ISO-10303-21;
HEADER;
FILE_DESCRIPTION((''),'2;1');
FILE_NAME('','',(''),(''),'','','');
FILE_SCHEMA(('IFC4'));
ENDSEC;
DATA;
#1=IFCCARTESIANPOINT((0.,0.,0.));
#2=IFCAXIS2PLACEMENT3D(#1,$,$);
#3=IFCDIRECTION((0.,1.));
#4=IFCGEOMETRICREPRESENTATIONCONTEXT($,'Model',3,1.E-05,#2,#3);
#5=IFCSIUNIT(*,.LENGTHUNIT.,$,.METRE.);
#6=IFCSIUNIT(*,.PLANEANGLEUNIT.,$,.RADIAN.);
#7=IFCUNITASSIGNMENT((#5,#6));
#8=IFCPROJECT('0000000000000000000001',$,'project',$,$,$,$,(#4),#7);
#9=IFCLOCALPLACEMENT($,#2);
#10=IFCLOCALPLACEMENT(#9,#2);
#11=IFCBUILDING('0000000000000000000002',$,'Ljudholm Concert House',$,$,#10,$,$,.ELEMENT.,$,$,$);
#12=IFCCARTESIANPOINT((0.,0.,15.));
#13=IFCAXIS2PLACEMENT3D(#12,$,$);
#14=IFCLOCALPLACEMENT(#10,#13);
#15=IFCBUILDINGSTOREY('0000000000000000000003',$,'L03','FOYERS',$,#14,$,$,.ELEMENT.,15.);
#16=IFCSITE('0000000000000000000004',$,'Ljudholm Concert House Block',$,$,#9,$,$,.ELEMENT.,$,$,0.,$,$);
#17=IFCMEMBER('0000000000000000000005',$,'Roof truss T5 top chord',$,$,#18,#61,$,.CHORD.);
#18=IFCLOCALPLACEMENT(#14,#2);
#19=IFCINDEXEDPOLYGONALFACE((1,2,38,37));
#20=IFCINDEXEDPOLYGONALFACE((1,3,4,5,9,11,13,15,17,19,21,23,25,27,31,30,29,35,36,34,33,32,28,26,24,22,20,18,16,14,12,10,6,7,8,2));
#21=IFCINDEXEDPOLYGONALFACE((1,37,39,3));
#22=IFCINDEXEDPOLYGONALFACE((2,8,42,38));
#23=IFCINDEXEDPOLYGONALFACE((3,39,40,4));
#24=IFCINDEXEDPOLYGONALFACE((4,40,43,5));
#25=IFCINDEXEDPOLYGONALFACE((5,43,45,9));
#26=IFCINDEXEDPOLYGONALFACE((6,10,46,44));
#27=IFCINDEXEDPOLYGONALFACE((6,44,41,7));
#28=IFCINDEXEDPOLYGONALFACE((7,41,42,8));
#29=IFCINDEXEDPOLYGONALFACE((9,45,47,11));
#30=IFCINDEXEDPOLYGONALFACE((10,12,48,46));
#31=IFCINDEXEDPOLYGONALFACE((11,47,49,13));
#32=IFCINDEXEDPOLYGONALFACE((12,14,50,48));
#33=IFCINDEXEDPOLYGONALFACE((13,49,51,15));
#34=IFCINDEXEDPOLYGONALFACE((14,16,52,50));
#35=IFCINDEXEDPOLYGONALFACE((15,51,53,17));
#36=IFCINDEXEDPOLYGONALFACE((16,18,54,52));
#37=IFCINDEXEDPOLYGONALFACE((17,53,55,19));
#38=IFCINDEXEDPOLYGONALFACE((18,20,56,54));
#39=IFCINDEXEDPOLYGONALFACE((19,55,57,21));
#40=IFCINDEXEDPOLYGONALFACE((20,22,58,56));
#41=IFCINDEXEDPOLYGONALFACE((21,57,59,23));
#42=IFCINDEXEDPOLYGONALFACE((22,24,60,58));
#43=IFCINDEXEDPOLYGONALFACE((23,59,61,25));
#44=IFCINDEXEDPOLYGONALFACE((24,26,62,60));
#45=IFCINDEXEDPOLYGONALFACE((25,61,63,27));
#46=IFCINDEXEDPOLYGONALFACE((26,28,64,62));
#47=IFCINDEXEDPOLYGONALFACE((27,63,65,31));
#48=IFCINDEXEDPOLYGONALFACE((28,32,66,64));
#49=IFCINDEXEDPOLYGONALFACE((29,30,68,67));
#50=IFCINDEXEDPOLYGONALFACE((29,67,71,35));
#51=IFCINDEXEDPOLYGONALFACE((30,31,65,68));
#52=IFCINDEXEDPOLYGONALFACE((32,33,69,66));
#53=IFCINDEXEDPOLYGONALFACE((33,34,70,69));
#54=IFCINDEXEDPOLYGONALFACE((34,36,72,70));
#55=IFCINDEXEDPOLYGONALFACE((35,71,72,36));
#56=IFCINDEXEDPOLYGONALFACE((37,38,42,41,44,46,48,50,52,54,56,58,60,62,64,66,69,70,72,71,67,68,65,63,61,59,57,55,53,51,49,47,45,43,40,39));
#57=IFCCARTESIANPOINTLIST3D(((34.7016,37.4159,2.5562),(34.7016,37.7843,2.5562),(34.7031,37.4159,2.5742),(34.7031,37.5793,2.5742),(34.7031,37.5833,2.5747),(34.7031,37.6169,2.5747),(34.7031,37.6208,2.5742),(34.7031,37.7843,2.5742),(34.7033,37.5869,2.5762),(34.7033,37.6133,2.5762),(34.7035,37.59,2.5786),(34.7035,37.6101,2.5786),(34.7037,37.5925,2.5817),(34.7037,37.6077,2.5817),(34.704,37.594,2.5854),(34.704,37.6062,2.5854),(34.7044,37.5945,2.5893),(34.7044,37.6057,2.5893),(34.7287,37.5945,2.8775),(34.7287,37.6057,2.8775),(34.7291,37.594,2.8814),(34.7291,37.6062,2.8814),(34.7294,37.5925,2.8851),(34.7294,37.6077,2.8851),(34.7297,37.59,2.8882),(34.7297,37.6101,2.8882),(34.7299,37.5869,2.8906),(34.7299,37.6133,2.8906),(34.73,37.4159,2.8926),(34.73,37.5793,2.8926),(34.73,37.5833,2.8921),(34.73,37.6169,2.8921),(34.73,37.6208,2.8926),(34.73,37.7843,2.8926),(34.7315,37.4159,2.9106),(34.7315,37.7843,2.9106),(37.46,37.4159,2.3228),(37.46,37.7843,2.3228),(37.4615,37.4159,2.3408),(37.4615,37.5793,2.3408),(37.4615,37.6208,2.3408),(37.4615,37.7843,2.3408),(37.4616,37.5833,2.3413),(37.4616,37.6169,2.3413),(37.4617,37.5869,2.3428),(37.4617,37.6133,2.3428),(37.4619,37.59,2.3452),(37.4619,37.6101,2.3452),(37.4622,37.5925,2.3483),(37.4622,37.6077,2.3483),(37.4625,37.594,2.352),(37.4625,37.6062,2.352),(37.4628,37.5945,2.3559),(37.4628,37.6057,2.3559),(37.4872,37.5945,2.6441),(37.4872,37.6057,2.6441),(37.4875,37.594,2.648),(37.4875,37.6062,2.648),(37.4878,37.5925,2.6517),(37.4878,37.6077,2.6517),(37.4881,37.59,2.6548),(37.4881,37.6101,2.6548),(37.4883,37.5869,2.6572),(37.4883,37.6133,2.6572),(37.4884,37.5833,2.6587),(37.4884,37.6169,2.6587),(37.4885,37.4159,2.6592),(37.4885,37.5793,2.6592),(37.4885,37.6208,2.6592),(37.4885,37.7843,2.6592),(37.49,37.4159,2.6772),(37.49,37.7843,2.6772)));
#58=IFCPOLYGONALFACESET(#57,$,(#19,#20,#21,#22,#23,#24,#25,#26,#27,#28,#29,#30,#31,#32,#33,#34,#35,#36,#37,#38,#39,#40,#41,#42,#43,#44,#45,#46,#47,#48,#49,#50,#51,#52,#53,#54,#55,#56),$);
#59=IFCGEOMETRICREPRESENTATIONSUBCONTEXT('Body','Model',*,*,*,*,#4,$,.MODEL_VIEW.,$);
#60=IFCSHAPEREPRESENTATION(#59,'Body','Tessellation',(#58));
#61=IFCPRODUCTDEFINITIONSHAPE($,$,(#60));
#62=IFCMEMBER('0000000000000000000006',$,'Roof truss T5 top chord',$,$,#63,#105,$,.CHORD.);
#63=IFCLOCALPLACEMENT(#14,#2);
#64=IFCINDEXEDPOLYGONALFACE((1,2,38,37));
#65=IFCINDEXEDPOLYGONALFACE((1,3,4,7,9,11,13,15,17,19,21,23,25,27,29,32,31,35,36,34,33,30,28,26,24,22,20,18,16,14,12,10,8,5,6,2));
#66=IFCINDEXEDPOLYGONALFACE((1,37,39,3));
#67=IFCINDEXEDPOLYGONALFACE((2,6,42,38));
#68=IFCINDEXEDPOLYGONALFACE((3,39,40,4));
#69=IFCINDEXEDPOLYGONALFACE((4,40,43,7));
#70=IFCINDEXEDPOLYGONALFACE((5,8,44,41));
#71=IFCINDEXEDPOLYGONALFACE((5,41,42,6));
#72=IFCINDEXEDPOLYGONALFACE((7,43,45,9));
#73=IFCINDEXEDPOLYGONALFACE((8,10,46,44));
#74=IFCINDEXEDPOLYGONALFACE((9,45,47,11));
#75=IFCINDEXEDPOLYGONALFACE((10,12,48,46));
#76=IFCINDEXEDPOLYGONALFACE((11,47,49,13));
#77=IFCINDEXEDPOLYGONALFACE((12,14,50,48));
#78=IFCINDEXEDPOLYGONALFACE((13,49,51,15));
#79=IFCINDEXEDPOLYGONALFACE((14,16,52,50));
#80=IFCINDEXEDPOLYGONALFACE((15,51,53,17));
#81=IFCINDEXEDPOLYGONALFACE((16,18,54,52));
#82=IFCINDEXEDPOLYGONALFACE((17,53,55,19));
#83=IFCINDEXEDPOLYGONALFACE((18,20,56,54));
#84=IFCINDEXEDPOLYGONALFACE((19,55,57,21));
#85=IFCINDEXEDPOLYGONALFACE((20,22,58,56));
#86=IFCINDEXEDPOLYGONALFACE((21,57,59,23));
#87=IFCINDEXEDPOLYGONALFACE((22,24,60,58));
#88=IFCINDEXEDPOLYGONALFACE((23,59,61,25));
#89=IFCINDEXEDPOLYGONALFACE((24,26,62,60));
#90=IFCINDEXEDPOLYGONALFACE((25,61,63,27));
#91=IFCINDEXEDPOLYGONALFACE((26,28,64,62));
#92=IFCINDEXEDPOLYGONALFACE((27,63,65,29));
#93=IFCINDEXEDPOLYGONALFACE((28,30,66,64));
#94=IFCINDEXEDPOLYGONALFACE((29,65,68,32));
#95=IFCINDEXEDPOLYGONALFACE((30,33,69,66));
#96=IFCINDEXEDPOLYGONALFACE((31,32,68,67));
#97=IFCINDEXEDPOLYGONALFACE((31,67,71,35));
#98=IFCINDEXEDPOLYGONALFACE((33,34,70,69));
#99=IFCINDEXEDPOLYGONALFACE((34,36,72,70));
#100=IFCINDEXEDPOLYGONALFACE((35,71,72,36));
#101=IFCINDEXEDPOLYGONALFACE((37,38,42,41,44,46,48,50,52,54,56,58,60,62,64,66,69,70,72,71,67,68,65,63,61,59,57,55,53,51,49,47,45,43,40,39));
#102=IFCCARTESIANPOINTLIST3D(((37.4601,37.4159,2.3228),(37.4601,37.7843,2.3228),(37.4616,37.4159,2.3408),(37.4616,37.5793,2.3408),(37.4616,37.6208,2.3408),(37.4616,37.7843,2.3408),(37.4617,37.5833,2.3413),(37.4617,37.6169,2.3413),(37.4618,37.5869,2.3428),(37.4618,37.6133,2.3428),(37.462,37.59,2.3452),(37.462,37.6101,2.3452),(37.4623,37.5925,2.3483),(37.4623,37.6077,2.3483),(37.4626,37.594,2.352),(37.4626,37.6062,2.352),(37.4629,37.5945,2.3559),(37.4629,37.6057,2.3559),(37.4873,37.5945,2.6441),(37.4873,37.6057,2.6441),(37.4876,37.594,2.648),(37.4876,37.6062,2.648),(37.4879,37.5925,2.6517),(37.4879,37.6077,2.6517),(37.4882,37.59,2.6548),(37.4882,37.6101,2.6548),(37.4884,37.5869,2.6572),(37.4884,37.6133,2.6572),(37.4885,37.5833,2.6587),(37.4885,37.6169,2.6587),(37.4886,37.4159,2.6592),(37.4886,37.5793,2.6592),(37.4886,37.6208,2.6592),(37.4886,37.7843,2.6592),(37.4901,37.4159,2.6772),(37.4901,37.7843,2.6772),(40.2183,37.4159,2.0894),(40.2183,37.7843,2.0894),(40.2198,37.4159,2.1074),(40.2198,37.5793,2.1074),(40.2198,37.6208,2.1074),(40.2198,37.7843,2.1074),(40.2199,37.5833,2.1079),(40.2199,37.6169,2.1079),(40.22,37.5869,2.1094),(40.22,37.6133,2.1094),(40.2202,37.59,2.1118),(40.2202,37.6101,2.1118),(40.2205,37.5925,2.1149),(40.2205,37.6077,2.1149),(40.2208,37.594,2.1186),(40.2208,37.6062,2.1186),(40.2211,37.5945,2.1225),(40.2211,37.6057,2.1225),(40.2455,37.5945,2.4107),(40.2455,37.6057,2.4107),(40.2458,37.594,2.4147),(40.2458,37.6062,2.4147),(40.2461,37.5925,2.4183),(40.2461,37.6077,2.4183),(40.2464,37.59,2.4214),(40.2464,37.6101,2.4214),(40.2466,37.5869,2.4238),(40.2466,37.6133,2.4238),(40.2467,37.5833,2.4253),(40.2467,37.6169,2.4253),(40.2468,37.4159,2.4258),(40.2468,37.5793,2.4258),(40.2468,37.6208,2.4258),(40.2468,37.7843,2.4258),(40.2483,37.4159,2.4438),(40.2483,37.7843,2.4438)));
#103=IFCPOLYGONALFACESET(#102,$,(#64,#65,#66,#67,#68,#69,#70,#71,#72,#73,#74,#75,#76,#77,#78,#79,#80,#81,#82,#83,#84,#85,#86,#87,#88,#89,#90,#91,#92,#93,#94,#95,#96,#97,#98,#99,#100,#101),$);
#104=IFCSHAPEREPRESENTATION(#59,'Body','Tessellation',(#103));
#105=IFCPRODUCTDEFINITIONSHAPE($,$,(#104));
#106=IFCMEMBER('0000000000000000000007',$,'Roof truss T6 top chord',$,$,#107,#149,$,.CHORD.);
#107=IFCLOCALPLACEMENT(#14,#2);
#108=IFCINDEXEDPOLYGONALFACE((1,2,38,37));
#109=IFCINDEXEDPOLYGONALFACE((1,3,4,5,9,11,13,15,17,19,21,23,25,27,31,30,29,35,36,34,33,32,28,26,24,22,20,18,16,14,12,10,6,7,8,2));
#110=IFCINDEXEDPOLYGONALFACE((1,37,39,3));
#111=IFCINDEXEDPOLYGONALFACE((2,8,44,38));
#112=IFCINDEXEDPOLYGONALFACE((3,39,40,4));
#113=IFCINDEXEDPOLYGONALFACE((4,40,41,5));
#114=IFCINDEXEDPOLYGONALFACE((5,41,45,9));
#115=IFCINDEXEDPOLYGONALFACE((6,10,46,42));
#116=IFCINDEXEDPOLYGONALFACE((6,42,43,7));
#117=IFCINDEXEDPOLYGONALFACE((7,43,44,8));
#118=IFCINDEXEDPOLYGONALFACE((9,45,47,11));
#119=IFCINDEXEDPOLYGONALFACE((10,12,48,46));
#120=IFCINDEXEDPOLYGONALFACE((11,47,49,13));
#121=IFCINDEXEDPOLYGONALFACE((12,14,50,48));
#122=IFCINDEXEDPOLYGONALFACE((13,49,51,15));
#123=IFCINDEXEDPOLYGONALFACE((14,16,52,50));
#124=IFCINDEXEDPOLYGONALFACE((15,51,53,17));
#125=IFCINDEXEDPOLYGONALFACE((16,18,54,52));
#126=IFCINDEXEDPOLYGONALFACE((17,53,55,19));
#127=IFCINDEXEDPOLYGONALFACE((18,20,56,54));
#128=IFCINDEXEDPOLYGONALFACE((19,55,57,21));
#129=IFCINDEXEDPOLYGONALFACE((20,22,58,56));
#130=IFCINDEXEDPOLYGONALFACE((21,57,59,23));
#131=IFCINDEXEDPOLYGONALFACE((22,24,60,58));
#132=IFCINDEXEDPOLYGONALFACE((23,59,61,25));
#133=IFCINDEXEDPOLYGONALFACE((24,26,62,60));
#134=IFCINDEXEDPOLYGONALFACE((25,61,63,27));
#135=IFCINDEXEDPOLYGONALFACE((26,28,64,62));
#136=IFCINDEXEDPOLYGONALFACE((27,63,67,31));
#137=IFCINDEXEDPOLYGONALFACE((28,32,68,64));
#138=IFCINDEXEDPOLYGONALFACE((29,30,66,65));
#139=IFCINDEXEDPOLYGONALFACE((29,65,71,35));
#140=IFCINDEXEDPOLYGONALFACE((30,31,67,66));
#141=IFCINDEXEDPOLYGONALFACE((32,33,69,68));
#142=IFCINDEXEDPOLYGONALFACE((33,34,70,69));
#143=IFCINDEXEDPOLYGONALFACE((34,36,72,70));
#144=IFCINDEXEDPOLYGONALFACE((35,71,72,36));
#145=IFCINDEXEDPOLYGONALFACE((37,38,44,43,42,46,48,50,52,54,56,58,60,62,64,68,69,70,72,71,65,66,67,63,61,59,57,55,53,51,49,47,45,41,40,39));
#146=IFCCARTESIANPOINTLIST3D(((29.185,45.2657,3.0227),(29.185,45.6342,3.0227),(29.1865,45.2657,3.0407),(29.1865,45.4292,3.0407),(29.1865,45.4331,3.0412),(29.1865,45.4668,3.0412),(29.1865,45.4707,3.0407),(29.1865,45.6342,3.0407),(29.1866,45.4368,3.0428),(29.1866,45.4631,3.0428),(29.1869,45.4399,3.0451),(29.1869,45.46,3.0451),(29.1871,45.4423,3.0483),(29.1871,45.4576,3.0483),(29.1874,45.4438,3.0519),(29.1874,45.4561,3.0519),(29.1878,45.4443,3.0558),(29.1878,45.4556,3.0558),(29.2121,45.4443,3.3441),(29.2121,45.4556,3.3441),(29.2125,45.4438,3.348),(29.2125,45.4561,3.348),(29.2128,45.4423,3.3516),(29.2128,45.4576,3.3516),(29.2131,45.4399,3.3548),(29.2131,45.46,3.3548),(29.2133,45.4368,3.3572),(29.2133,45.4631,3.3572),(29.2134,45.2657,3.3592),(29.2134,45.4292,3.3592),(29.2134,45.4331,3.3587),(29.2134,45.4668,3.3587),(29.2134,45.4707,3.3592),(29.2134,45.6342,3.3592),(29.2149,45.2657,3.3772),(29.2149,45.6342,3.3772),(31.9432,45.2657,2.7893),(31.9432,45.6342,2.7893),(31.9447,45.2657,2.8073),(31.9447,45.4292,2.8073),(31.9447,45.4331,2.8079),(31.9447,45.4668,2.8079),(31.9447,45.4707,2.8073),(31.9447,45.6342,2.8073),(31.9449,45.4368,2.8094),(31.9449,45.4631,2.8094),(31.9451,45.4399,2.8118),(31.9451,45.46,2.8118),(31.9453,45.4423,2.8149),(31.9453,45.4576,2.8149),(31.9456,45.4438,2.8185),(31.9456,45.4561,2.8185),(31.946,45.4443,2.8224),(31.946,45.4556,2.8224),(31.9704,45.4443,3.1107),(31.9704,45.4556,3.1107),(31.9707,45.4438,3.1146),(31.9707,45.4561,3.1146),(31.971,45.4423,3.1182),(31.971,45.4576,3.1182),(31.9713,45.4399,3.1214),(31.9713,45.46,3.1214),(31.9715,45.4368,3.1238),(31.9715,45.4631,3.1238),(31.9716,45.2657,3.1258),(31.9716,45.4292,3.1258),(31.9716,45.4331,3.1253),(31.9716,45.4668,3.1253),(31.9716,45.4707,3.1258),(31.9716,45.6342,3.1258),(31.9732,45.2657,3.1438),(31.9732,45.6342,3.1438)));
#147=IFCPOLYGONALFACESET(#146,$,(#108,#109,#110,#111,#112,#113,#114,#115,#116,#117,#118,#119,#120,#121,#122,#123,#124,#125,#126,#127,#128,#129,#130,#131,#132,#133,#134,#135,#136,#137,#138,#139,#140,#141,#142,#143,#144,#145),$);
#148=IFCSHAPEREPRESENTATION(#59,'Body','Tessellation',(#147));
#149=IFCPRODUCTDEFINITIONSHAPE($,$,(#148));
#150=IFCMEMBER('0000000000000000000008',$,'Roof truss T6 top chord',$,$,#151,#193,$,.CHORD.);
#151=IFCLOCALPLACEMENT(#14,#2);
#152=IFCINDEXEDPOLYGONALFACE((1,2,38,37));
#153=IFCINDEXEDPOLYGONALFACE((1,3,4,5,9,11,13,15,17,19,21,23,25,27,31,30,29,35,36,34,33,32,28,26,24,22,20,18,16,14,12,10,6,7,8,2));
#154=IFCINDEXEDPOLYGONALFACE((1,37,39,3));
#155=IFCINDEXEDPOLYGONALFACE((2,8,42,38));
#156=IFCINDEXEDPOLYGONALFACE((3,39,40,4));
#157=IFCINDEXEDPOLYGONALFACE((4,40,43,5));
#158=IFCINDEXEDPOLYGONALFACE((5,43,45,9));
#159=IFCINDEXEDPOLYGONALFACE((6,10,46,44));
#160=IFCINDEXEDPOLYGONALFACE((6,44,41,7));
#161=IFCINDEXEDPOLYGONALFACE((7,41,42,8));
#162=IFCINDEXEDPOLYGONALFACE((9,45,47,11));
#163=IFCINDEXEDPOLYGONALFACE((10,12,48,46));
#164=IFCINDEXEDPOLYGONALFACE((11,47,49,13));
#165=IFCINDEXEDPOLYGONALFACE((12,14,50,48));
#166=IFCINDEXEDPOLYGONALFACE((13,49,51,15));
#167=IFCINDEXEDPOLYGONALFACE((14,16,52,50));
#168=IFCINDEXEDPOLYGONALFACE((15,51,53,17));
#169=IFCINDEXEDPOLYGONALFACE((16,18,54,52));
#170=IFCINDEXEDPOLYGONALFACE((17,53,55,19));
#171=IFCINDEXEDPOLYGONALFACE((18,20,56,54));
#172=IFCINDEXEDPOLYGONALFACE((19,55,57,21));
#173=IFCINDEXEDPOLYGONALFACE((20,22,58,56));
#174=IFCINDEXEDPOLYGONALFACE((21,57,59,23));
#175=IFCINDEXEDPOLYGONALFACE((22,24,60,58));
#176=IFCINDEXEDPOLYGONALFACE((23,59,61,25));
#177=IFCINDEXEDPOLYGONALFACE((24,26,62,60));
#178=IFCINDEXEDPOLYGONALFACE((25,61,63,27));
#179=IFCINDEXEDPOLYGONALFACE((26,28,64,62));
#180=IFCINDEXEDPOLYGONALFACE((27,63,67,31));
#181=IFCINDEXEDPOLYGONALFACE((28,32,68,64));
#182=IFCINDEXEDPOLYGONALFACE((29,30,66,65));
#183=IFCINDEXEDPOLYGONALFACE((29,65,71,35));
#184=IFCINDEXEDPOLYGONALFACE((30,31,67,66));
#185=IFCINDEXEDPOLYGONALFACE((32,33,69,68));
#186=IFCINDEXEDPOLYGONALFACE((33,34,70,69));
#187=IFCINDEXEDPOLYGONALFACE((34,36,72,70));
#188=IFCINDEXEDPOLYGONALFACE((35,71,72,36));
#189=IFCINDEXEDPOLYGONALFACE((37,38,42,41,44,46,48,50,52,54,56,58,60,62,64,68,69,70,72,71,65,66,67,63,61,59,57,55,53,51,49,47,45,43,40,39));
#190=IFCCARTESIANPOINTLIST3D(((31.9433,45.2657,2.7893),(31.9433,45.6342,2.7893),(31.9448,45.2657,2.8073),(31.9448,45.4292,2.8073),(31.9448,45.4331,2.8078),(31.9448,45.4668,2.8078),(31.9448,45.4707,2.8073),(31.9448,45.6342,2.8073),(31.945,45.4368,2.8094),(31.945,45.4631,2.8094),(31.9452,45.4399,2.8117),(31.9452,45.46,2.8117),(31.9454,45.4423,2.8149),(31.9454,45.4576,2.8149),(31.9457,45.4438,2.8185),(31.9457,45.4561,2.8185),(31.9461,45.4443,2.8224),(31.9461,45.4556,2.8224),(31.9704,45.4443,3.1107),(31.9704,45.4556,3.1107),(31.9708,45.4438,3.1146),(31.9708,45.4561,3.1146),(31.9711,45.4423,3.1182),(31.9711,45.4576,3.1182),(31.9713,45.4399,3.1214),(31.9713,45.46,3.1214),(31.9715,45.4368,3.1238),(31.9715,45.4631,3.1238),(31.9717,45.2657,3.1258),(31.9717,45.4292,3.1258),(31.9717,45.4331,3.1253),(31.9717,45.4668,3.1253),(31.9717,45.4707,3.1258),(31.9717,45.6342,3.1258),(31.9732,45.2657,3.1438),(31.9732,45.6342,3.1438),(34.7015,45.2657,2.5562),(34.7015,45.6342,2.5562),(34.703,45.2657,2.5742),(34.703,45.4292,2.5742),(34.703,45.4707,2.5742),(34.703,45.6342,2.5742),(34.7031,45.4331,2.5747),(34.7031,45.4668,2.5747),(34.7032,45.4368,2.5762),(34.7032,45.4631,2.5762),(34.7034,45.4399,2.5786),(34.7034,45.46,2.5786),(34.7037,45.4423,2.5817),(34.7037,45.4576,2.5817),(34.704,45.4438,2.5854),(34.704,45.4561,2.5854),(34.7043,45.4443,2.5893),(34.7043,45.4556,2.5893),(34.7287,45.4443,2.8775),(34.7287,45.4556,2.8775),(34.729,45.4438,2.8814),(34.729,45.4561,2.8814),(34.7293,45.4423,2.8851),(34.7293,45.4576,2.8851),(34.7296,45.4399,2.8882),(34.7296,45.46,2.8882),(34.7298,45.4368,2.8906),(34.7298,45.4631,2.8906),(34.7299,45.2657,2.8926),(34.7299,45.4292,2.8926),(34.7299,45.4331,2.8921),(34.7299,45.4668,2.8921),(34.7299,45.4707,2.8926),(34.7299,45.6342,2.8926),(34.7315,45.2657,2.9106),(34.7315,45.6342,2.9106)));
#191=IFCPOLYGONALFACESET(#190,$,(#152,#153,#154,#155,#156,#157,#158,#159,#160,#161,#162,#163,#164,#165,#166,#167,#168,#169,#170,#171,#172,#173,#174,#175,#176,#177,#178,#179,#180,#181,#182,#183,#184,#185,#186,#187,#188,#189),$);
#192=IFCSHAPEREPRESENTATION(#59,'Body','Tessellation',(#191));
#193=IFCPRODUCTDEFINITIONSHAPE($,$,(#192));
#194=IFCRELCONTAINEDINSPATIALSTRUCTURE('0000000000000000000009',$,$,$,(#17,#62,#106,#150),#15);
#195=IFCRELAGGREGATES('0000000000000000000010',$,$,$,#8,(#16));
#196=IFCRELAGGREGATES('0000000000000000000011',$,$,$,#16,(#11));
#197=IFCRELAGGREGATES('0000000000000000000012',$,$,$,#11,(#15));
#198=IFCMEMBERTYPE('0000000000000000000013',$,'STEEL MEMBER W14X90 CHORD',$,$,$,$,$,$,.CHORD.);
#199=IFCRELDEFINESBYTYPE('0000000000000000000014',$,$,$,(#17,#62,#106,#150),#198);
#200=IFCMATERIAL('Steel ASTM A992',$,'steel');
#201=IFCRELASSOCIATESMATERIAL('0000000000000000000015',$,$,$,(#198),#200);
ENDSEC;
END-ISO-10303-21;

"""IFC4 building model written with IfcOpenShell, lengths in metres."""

from ifc_helpers import new_model, si_unit, direction, frame, origin, origin_2d, place, context, subcontext, project, spatial, i_section, extrude, material, material_profile, profile_set, type_object, element, save


model = new_model("IFC4")

# Units and contexts
model_context = context("Model", 3, precision=1e-05, world=origin(), true_north=direction((0.0, 1.0)))
body_context = subcontext(model_context, "Body", "Model", "MODEL_VIEW")
ifc_project = project(units=[si_unit("LENGTHUNIT", "METRE"), si_unit("PLANEANGLEUNIT", "RADIAN")], contexts=[model_context])

# Site, building, storey
site_placement = place(None, origin())
site = spatial("IfcSite", under=ifc_project, at=site_placement, Name="Ljudholm Concert House Block", CompositionType="ELEMENT", RefElevation=0.0)
building_placement = place(site_placement, origin())
building = spatial("IfcBuilding", under=site, at=building_placement, Name="Ljudholm Concert House", CompositionType="ELEMENT")
storey_placement = place(building_placement, frame((0.0, 0.0, 15.0)))
storey = spatial("IfcBuildingStorey", under=building, at=storey_placement, Name="L03", Description="FOYERS", CompositionType="ELEMENT", Elevation=15.0)

# Members
ifc_material_1 = material(Name="Steel ASTM A992", Category="steel")
ifc_material_profile_1 = material_profile(ifc_material_1, i_section(OverallWidth=0.3684, OverallDepth=0.3557, WebThickness=0.0112, FlangeThickness=0.0181, FilletRadius=0.0151, at=origin_2d()), Name="W14X90")
ifc_profile_set_1 = profile_set([ifc_material_profile_1], Name="Steel ASTM A992")
member_type_1 = type_object("IfcMemberType", Name="STEEL MEMBER W14X90 CHORD", PredefinedType="CHORD", material=ifc_profile_set_1)
member_1_placement = place(storey_placement, frame((34.7166, 37.6001, 2.7334), z_axis=(0.99644, 0.0, -0.084308), x_axis=(0.0, 1.0, 0.0)))
element("IfcMember", 1, at=member_1_placement, inside=storey, type_object=member_type_1, Name="Roof truss T5 top chord", PredefinedType="CHORD", context=body_context, shape_type="SweptSolid", body=[
    extrude(i_section(OverallWidth=0.3684, OverallDepth=0.3557, WebThickness=0.0112, FlangeThickness=0.0181, FilletRadius=0.0151, at=origin_2d()), origin(), (0.0, 0.0, 1.0), 2.7683),
])
for number, where, z_axis, x_axis, name in (
    (2, (37.4751, 37.6001, 2.5), (0.996439, 0.0, -0.084315), (0.0, 1.0, 0.0), "Roof truss T5 top chord"),
    (3, (29.2, 45.45, 3.2), (0.996439, 0.0, -0.084315), (0.0, 1.0, 0.0), "Roof truss T6 top chord"),
    (4, (31.9583, 45.45, 2.9666), (0.996447, 0.0, -0.084228), (0.0, 1.0, 0.0), "Roof truss T6 top chord"),
):
    element("IfcMember", number, at=place(storey_placement, frame(where, z_axis=z_axis, x_axis=x_axis)), inside=storey, type_object=member_type_1, Name=name, PredefinedType="CHORD", context=body_context, shape_type="SweptSolid", body=[
        extrude(i_section(OverallWidth=0.3684, OverallDepth=0.3557, WebThickness=0.0112, FlangeThickness=0.0181, FilletRadius=0.0151, at=origin_2d()), origin(), (0.0, 0.0, 1.0), 2.7681),
    ])

save(model, "model.ifc")
